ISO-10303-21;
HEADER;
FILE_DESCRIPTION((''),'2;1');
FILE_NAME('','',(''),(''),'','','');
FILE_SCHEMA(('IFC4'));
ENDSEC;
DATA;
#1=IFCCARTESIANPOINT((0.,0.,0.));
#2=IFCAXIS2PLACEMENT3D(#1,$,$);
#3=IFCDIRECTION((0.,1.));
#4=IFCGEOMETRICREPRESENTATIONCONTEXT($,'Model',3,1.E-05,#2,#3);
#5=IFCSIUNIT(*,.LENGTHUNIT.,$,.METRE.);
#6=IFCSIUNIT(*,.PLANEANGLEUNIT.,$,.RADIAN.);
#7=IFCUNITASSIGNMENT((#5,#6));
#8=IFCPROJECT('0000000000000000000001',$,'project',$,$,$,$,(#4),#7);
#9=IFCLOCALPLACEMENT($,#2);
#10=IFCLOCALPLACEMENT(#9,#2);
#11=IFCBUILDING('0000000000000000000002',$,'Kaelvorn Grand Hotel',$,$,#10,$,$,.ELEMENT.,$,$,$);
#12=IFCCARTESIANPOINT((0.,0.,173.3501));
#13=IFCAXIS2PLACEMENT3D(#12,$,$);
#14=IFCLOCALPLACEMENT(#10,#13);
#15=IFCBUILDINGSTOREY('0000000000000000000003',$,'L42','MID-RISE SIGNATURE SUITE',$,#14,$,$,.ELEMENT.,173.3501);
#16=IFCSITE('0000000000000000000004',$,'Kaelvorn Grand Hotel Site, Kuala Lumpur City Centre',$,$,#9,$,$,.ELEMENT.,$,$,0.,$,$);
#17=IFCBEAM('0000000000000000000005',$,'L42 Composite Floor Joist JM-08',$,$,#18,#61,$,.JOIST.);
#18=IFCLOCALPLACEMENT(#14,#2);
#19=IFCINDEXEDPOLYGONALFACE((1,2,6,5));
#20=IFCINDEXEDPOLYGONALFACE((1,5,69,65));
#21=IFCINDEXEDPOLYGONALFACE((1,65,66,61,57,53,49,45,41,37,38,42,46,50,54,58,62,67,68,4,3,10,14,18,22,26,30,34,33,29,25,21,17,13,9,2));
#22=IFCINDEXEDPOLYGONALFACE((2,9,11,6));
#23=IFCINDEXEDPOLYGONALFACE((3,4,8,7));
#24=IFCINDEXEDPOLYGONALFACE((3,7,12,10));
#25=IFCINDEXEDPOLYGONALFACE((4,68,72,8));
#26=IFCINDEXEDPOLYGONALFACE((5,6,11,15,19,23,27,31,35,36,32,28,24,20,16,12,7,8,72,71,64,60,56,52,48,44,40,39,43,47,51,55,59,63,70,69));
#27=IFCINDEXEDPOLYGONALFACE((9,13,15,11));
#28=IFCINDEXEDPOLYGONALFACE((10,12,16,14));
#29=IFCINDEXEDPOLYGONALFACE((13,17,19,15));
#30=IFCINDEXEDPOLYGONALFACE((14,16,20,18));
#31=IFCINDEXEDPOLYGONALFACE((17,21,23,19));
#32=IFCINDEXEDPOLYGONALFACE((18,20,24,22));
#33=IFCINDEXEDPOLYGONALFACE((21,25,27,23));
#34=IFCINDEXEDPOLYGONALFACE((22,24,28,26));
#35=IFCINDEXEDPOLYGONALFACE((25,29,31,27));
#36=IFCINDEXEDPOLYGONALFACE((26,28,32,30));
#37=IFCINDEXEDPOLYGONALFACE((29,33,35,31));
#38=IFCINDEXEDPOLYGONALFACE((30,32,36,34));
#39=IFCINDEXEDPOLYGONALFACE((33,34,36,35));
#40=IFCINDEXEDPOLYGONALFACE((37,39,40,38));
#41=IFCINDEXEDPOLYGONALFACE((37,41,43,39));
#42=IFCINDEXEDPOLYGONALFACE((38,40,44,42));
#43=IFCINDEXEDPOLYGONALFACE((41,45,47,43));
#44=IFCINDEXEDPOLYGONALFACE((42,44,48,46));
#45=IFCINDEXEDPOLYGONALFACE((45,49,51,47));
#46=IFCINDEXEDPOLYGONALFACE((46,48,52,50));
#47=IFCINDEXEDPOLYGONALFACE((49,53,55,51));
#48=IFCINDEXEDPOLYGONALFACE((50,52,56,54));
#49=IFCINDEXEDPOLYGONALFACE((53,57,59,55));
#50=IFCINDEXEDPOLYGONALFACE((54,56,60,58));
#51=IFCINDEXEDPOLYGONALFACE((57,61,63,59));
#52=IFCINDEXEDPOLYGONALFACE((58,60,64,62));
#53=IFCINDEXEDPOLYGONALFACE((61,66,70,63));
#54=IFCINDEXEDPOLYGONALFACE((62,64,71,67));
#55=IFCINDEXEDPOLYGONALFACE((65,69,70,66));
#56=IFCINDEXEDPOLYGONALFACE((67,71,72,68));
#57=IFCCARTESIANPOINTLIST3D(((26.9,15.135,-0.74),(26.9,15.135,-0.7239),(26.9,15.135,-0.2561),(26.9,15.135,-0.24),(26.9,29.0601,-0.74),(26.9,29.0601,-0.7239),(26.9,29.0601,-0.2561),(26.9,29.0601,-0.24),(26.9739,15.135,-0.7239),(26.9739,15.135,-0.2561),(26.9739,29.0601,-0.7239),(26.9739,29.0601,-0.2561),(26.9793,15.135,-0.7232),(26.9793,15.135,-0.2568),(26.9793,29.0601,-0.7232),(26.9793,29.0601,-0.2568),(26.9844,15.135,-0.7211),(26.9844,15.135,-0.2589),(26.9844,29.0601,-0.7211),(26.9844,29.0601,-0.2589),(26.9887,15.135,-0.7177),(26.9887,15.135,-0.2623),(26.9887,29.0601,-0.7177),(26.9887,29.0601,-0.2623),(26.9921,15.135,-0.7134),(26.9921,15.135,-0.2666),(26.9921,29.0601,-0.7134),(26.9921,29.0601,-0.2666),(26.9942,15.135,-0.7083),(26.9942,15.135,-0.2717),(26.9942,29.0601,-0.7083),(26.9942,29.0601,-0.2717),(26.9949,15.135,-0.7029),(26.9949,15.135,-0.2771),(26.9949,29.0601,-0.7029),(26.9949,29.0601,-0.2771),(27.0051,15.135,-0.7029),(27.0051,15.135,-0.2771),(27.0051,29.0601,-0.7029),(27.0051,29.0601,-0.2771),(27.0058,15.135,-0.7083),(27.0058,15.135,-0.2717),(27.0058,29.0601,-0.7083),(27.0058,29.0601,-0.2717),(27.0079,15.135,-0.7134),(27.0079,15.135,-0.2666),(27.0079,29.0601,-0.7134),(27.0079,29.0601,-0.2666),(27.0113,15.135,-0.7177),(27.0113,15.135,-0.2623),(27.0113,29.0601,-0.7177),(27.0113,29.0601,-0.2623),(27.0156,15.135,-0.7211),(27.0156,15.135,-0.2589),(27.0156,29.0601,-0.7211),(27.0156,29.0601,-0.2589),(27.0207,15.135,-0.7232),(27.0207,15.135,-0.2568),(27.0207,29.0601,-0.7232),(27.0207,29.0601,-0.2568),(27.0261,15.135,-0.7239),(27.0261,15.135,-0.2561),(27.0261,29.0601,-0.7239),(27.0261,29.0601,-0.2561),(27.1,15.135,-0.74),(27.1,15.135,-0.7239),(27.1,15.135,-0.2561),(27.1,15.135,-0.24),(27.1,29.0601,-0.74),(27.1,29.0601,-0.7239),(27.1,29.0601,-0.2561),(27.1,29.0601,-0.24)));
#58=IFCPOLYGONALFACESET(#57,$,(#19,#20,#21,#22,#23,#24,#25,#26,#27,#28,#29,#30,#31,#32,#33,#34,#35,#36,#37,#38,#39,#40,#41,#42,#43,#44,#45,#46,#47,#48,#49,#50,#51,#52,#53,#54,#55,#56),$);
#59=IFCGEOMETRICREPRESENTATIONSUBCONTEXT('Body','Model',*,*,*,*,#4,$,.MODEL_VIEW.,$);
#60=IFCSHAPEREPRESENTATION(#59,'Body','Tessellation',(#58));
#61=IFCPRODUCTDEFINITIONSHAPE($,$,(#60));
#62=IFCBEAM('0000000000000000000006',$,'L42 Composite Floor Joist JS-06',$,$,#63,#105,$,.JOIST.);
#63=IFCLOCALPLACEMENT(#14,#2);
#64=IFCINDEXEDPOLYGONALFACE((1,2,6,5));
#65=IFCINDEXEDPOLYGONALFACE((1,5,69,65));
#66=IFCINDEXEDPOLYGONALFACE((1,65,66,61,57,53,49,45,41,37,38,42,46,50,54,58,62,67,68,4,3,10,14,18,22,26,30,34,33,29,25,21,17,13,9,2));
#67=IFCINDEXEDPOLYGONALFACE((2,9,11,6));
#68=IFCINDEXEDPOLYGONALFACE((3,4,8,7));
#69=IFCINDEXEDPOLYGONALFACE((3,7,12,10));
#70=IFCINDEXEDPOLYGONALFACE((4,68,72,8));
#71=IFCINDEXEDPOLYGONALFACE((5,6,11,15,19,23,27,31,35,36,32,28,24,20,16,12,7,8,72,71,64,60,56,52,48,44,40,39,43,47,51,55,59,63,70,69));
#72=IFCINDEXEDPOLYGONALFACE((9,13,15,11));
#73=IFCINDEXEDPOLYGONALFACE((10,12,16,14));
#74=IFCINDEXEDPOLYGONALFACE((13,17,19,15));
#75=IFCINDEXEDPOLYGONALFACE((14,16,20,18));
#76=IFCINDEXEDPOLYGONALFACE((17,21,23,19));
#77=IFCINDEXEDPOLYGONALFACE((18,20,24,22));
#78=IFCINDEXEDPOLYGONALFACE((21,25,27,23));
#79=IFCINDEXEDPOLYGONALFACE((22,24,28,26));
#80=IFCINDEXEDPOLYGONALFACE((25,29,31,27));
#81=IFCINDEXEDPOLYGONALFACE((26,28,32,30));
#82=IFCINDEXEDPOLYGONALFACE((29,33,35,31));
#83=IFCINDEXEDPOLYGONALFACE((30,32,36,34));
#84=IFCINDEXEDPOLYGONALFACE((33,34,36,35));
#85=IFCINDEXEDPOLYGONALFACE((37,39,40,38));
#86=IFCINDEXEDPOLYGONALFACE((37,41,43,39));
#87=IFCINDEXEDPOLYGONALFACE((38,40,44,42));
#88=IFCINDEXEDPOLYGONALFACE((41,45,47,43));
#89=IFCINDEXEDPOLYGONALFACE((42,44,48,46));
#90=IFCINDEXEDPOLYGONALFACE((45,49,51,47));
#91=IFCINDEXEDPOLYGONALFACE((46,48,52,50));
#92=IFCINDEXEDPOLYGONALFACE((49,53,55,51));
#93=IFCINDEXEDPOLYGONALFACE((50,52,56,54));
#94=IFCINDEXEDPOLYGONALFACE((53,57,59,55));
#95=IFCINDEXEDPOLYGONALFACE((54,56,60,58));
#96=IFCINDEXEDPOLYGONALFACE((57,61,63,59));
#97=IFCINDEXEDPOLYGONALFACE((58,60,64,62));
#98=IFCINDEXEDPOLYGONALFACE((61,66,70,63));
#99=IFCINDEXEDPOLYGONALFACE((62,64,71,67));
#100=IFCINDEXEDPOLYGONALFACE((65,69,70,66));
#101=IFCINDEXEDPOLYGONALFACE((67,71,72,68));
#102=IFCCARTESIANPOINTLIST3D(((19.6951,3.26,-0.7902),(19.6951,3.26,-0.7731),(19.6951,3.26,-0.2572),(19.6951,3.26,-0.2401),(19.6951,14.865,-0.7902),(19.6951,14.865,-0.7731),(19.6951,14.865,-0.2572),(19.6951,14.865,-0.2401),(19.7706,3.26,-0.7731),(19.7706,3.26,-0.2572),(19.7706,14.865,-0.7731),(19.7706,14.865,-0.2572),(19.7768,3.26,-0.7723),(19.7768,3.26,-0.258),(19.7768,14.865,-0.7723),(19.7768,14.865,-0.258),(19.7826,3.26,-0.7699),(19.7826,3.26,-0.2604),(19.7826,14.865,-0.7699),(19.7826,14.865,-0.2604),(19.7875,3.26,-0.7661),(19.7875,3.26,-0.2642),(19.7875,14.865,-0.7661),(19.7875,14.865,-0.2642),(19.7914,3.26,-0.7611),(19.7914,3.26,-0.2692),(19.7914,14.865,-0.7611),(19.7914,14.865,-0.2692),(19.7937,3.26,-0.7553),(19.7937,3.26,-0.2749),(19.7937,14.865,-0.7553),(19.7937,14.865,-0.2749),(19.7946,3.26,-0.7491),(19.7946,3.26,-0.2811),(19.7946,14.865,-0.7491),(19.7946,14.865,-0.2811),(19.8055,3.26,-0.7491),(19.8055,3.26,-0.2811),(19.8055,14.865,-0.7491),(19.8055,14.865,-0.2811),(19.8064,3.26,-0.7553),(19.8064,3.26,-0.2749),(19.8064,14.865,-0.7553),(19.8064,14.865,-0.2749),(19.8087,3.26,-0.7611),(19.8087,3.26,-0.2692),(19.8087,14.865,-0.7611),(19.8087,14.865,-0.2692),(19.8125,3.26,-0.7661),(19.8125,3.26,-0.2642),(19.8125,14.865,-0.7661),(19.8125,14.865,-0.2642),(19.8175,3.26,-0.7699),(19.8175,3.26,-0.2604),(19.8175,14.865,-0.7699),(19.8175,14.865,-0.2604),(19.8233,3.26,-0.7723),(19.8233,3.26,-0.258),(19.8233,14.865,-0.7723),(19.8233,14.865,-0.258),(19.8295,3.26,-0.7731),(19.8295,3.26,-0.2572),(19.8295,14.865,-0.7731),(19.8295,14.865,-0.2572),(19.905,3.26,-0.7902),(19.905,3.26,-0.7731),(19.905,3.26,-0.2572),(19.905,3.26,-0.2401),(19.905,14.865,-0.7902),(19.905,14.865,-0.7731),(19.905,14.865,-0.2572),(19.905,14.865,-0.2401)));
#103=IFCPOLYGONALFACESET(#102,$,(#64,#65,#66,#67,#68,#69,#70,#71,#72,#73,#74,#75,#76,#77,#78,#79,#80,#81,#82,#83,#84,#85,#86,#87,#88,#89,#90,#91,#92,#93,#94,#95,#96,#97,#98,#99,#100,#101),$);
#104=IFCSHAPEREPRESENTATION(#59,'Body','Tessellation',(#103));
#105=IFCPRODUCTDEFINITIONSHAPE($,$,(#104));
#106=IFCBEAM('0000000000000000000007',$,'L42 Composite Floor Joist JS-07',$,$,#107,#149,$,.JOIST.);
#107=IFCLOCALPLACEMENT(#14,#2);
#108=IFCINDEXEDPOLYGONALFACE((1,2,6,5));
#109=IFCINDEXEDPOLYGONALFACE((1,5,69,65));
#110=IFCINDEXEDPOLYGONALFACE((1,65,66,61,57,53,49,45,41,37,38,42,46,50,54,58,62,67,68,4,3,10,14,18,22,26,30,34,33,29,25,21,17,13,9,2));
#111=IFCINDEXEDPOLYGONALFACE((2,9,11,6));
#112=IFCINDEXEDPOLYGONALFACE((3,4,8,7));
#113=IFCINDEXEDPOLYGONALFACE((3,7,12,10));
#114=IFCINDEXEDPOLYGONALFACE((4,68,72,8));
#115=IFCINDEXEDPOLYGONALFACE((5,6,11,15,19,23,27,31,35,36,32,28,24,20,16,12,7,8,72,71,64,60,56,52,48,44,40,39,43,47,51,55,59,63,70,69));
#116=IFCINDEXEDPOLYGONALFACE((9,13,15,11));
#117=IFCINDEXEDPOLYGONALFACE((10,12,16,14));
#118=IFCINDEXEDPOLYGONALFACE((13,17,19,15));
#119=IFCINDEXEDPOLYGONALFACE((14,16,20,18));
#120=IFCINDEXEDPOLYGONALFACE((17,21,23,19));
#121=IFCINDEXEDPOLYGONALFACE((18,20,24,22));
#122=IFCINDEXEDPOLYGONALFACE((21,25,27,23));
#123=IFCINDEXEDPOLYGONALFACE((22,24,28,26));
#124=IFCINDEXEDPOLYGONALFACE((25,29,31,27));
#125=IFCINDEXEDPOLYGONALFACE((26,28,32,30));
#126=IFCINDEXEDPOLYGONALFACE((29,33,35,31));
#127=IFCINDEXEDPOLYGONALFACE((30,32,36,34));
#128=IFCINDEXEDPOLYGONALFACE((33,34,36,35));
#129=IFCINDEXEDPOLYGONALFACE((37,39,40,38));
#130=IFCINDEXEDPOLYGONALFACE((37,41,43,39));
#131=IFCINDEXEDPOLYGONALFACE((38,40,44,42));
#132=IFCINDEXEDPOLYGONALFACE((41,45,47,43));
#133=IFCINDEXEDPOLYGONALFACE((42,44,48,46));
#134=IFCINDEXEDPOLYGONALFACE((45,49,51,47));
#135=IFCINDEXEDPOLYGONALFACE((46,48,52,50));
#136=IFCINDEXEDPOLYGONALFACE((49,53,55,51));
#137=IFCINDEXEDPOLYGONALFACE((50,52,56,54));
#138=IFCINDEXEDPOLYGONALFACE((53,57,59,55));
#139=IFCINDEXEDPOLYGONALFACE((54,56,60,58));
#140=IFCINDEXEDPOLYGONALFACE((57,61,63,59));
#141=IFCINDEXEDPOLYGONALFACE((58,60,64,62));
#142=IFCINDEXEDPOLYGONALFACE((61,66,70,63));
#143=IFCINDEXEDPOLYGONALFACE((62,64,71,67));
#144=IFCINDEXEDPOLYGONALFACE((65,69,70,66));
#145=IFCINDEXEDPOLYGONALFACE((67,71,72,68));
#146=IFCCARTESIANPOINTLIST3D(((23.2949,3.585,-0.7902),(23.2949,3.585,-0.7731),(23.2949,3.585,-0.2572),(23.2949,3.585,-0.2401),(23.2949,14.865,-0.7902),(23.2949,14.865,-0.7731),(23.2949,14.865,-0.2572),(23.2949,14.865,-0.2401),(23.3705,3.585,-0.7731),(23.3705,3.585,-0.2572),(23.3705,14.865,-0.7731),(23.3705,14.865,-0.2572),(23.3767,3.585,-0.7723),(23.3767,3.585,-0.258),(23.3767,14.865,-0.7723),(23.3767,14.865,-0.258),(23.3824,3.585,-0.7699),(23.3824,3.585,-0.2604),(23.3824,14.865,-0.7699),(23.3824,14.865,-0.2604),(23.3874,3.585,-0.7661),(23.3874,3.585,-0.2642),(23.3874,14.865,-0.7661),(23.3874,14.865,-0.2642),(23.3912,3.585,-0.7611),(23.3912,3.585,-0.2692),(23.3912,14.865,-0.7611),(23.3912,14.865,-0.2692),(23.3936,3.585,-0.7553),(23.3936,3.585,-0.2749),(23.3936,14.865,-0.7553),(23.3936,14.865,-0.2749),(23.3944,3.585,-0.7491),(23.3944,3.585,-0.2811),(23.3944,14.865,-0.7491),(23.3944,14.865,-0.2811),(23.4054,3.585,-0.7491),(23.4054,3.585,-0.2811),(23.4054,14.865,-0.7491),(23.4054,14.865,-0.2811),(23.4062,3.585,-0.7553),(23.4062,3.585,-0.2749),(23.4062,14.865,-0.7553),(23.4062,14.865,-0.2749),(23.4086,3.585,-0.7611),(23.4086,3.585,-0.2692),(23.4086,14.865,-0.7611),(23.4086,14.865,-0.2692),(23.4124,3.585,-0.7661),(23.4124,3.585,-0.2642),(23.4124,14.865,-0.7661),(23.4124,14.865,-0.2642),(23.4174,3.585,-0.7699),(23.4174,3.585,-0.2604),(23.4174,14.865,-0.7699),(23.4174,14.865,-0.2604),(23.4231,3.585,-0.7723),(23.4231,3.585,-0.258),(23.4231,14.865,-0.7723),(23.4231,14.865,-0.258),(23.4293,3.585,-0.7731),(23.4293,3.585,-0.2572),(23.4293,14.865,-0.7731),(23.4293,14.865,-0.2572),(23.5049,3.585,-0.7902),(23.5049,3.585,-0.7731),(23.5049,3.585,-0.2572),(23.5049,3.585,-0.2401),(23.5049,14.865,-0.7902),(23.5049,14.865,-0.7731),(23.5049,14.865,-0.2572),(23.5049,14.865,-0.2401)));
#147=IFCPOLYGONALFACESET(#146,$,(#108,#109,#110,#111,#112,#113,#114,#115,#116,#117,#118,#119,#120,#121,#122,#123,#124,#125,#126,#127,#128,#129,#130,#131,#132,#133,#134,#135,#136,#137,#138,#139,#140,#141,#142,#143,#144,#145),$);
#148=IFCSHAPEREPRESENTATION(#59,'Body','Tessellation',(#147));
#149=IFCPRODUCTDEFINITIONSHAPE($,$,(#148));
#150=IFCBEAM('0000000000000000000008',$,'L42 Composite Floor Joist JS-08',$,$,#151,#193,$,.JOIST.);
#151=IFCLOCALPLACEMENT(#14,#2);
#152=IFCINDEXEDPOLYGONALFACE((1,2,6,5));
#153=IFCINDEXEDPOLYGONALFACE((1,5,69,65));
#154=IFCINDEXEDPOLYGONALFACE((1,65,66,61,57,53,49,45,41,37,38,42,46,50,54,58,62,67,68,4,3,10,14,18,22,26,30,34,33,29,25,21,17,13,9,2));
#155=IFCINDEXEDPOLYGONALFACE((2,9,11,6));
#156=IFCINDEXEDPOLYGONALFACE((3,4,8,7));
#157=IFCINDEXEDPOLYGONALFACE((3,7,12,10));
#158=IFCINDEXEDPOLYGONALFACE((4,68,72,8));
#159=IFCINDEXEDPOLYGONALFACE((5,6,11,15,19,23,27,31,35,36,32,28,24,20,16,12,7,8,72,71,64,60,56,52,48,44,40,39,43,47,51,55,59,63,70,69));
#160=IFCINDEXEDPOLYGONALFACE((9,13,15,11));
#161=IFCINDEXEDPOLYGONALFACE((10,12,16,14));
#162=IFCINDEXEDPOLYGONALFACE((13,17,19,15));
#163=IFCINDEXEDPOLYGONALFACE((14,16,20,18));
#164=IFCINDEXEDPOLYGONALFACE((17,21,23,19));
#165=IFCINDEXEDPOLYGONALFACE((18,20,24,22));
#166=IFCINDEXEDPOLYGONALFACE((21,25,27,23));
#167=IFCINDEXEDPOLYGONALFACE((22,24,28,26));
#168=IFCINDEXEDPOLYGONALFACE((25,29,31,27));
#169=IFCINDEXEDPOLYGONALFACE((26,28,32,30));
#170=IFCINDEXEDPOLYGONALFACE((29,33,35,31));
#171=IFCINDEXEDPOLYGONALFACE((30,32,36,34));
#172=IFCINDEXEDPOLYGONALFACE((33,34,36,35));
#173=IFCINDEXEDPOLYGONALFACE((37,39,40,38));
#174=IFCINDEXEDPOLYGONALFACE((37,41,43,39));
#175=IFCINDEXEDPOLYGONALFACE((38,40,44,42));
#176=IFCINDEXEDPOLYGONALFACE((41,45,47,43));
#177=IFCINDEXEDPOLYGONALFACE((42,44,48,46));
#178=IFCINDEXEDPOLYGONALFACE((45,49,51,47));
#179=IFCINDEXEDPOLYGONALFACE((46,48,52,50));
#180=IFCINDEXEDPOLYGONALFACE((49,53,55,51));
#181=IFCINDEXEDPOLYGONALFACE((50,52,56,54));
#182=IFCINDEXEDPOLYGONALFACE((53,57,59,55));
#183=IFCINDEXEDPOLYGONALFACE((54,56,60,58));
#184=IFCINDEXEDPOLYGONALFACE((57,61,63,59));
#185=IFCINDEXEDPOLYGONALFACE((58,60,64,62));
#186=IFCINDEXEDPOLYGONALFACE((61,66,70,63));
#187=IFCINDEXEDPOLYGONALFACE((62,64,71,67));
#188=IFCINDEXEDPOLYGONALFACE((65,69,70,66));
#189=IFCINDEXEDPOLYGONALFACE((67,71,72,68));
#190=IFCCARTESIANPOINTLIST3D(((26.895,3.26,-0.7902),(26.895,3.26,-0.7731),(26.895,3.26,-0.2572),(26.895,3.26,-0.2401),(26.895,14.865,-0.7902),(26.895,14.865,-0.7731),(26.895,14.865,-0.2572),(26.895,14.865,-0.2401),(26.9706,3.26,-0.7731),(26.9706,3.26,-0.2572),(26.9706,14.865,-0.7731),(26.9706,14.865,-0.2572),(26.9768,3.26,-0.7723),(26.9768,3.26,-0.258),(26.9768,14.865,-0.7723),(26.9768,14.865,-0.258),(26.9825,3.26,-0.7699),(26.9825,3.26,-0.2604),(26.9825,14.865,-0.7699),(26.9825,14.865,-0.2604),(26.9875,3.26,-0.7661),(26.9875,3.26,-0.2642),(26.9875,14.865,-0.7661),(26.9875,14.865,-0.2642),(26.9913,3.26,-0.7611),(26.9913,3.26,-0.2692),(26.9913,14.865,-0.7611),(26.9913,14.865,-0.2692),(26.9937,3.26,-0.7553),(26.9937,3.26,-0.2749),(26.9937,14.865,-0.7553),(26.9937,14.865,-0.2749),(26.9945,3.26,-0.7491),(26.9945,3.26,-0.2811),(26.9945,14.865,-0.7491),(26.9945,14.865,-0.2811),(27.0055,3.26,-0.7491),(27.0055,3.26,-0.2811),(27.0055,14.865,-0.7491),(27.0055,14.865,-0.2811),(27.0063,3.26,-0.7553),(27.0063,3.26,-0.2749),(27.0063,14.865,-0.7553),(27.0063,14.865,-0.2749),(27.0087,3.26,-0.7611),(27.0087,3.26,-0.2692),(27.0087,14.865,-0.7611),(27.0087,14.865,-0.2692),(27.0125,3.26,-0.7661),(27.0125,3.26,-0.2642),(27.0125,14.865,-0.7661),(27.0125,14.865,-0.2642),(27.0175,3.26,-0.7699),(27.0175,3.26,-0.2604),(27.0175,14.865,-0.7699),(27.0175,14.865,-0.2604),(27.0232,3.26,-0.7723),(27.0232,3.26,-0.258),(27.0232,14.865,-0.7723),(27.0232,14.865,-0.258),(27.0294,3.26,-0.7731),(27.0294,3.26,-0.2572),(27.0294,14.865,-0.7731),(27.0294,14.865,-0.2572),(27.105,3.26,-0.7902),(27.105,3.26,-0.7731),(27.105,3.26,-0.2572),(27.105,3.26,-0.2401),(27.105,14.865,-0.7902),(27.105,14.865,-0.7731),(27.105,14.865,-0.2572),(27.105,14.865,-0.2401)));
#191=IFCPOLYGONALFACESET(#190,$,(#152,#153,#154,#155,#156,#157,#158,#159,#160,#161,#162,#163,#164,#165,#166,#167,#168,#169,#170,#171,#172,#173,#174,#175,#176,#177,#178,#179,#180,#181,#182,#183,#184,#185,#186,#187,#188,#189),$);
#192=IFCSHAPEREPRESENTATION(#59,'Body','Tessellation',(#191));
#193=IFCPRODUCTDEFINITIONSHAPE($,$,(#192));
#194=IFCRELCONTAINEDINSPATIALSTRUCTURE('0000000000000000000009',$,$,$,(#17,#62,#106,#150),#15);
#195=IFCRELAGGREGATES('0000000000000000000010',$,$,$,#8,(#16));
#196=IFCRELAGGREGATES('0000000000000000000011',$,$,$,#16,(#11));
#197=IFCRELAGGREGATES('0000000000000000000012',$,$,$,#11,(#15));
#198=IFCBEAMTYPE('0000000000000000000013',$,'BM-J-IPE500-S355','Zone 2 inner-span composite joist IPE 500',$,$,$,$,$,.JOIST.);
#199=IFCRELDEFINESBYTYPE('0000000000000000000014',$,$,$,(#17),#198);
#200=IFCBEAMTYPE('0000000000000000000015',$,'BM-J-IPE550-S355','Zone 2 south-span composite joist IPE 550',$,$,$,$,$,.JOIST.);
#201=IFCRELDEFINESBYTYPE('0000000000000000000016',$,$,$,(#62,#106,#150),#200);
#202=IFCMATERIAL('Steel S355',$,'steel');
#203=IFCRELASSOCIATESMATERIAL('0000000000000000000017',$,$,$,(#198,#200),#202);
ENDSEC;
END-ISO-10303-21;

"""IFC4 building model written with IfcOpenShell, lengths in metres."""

from ifc_helpers import new_model, si_unit, direction, frame, origin, origin_2d, place, context, subcontext, project, spatial, i_section, extrude, material, material_profile, profile_set, type_object, element, save


model = new_model("IFC4")

# Units and contexts
model_context = context("Model", 3, precision=1e-05, world=origin(), true_north=direction((0.0, 1.0)))
body_context = subcontext(model_context, "Body", "Model", "MODEL_VIEW")
ifc_project = project(units=[si_unit("LENGTHUNIT", "METRE"), si_unit("PLANEANGLEUNIT", "RADIAN")], contexts=[model_context])

# Site, building, storey
site_placement = place(None, origin())
site = spatial("IfcSite", under=ifc_project, at=site_placement, Name="Kaelvorn Grand Hotel Site, Kuala Lumpur City Centre", CompositionType="ELEMENT", RefElevation=0.0)
building_placement = place(site_placement, origin())
building = spatial("IfcBuilding", under=site, at=building_placement, Name="Kaelvorn Grand Hotel", CompositionType="ELEMENT")
storey_placement = place(building_placement, frame((0.0, 0.0, 173.3501)))
storey = spatial("IfcBuildingStorey", under=building, at=storey_placement, Name="L42", Description="MID-RISE SIGNATURE SUITE", CompositionType="ELEMENT", Elevation=173.3501)

# Beams
ifc_material_1 = material(Name="Steel S355", Category="steel")
ifc_material_profile_1 = material_profile(ifc_material_1, i_section(OverallWidth=0.2, OverallDepth=0.5, WebThickness=0.0103, FlangeThickness=0.0161, FilletRadius=0.021, at=origin_2d()), Name="IPE 500")
ifc_profile_set_1 = profile_set([ifc_material_profile_1], Name="Steel S355")
beam_type_1 = type_object("IfcBeamType", Name="BM-J-IPE500-S355", Description="Zone 2 inner-span composite joist IPE 500", PredefinedType="JOIST", material=ifc_profile_set_1)
beam_1_placement = place(storey_placement, frame((27.0, 15.135, -0.49), z_axis=(0.0, 1.0, 0.0), x_axis=(-1.0, 0.0, 0.0)))
element("IfcBeam", 1, at=beam_1_placement, inside=storey, type_object=beam_type_1, Name="L42 Composite Floor Joist JM-08", PredefinedType="JOIST", context=body_context, shape_type="SweptSolid", body=[
    extrude(i_section(OverallWidth=0.2, OverallDepth=0.5, WebThickness=0.0103, FlangeThickness=0.0161, FilletRadius=0.021, at=origin_2d()), origin(), (0.0, 0.0, 1.0), 13.925),
])
ifc_material_profile_2 = material_profile(ifc_material_1, i_section(OverallWidth=0.21, OverallDepth=0.55, WebThickness=0.011, FlangeThickness=0.0171, FilletRadius=0.0239, at=origin_2d()), Name="IPE 550")
ifc_profile_set_2 = profile_set([ifc_material_profile_2], Name="Steel S355")
beam_type_2 = type_object("IfcBeamType", Name="BM-J-IPE550-S355", Description="Zone 2 south-span composite joist IPE 550", PredefinedType="JOIST", material=ifc_profile_set_2)
beam_2_placement = place(storey_placement, frame((19.8, 3.26, -0.5151), z_axis=(0.0, 1.0, 0.0), x_axis=(-1.0, 0.0, 0.0)))
element("IfcBeam", 2, at=beam_2_placement, inside=storey, type_object=beam_type_2, Name="L42 Composite Floor Joist JS-06", PredefinedType="JOIST", context=body_context, shape_type="SweptSolid", body=[
    extrude(i_section(OverallWidth=0.21, OverallDepth=0.55, WebThickness=0.011, FlangeThickness=0.0171, FilletRadius=0.0239, at=origin_2d()), origin(), (0.0, 0.0, 1.0), 11.605),
])
beam_3_placement = place(storey_placement, frame((23.3999, 3.585, -0.5151), z_axis=(0.0, 1.0, 0.0), x_axis=(-1.0, 0.0, 0.0)))
element("IfcBeam", 3, at=beam_3_placement, inside=storey, type_object=beam_type_2, Name="L42 Composite Floor Joist JS-07", PredefinedType="JOIST", context=body_context, shape_type="SweptSolid", body=[
    extrude(i_section(OverallWidth=0.21, OverallDepth=0.55, WebThickness=0.011, FlangeThickness=0.0171, FilletRadius=0.0239, at=origin_2d()), origin(), (0.0, 0.0, 1.0), 11.28),
])
beam_4_placement = place(storey_placement, frame((27.0, 3.26, -0.5151), z_axis=(0.0, 1.0, 0.0), x_axis=(-1.0, 0.0, 0.0)))
element("IfcBeam", 4, at=beam_4_placement, inside=storey, type_object=beam_type_2, Name="L42 Composite Floor Joist JS-08", PredefinedType="JOIST", context=body_context, shape_type="SweptSolid", body=[
    extrude(i_section(OverallWidth=0.21, OverallDepth=0.55, WebThickness=0.011, FlangeThickness=0.0171, FilletRadius=0.0239, at=origin_2d()), origin(), (0.0, 0.0, 1.0), 11.605),
])

save(model, "model.ifc")
